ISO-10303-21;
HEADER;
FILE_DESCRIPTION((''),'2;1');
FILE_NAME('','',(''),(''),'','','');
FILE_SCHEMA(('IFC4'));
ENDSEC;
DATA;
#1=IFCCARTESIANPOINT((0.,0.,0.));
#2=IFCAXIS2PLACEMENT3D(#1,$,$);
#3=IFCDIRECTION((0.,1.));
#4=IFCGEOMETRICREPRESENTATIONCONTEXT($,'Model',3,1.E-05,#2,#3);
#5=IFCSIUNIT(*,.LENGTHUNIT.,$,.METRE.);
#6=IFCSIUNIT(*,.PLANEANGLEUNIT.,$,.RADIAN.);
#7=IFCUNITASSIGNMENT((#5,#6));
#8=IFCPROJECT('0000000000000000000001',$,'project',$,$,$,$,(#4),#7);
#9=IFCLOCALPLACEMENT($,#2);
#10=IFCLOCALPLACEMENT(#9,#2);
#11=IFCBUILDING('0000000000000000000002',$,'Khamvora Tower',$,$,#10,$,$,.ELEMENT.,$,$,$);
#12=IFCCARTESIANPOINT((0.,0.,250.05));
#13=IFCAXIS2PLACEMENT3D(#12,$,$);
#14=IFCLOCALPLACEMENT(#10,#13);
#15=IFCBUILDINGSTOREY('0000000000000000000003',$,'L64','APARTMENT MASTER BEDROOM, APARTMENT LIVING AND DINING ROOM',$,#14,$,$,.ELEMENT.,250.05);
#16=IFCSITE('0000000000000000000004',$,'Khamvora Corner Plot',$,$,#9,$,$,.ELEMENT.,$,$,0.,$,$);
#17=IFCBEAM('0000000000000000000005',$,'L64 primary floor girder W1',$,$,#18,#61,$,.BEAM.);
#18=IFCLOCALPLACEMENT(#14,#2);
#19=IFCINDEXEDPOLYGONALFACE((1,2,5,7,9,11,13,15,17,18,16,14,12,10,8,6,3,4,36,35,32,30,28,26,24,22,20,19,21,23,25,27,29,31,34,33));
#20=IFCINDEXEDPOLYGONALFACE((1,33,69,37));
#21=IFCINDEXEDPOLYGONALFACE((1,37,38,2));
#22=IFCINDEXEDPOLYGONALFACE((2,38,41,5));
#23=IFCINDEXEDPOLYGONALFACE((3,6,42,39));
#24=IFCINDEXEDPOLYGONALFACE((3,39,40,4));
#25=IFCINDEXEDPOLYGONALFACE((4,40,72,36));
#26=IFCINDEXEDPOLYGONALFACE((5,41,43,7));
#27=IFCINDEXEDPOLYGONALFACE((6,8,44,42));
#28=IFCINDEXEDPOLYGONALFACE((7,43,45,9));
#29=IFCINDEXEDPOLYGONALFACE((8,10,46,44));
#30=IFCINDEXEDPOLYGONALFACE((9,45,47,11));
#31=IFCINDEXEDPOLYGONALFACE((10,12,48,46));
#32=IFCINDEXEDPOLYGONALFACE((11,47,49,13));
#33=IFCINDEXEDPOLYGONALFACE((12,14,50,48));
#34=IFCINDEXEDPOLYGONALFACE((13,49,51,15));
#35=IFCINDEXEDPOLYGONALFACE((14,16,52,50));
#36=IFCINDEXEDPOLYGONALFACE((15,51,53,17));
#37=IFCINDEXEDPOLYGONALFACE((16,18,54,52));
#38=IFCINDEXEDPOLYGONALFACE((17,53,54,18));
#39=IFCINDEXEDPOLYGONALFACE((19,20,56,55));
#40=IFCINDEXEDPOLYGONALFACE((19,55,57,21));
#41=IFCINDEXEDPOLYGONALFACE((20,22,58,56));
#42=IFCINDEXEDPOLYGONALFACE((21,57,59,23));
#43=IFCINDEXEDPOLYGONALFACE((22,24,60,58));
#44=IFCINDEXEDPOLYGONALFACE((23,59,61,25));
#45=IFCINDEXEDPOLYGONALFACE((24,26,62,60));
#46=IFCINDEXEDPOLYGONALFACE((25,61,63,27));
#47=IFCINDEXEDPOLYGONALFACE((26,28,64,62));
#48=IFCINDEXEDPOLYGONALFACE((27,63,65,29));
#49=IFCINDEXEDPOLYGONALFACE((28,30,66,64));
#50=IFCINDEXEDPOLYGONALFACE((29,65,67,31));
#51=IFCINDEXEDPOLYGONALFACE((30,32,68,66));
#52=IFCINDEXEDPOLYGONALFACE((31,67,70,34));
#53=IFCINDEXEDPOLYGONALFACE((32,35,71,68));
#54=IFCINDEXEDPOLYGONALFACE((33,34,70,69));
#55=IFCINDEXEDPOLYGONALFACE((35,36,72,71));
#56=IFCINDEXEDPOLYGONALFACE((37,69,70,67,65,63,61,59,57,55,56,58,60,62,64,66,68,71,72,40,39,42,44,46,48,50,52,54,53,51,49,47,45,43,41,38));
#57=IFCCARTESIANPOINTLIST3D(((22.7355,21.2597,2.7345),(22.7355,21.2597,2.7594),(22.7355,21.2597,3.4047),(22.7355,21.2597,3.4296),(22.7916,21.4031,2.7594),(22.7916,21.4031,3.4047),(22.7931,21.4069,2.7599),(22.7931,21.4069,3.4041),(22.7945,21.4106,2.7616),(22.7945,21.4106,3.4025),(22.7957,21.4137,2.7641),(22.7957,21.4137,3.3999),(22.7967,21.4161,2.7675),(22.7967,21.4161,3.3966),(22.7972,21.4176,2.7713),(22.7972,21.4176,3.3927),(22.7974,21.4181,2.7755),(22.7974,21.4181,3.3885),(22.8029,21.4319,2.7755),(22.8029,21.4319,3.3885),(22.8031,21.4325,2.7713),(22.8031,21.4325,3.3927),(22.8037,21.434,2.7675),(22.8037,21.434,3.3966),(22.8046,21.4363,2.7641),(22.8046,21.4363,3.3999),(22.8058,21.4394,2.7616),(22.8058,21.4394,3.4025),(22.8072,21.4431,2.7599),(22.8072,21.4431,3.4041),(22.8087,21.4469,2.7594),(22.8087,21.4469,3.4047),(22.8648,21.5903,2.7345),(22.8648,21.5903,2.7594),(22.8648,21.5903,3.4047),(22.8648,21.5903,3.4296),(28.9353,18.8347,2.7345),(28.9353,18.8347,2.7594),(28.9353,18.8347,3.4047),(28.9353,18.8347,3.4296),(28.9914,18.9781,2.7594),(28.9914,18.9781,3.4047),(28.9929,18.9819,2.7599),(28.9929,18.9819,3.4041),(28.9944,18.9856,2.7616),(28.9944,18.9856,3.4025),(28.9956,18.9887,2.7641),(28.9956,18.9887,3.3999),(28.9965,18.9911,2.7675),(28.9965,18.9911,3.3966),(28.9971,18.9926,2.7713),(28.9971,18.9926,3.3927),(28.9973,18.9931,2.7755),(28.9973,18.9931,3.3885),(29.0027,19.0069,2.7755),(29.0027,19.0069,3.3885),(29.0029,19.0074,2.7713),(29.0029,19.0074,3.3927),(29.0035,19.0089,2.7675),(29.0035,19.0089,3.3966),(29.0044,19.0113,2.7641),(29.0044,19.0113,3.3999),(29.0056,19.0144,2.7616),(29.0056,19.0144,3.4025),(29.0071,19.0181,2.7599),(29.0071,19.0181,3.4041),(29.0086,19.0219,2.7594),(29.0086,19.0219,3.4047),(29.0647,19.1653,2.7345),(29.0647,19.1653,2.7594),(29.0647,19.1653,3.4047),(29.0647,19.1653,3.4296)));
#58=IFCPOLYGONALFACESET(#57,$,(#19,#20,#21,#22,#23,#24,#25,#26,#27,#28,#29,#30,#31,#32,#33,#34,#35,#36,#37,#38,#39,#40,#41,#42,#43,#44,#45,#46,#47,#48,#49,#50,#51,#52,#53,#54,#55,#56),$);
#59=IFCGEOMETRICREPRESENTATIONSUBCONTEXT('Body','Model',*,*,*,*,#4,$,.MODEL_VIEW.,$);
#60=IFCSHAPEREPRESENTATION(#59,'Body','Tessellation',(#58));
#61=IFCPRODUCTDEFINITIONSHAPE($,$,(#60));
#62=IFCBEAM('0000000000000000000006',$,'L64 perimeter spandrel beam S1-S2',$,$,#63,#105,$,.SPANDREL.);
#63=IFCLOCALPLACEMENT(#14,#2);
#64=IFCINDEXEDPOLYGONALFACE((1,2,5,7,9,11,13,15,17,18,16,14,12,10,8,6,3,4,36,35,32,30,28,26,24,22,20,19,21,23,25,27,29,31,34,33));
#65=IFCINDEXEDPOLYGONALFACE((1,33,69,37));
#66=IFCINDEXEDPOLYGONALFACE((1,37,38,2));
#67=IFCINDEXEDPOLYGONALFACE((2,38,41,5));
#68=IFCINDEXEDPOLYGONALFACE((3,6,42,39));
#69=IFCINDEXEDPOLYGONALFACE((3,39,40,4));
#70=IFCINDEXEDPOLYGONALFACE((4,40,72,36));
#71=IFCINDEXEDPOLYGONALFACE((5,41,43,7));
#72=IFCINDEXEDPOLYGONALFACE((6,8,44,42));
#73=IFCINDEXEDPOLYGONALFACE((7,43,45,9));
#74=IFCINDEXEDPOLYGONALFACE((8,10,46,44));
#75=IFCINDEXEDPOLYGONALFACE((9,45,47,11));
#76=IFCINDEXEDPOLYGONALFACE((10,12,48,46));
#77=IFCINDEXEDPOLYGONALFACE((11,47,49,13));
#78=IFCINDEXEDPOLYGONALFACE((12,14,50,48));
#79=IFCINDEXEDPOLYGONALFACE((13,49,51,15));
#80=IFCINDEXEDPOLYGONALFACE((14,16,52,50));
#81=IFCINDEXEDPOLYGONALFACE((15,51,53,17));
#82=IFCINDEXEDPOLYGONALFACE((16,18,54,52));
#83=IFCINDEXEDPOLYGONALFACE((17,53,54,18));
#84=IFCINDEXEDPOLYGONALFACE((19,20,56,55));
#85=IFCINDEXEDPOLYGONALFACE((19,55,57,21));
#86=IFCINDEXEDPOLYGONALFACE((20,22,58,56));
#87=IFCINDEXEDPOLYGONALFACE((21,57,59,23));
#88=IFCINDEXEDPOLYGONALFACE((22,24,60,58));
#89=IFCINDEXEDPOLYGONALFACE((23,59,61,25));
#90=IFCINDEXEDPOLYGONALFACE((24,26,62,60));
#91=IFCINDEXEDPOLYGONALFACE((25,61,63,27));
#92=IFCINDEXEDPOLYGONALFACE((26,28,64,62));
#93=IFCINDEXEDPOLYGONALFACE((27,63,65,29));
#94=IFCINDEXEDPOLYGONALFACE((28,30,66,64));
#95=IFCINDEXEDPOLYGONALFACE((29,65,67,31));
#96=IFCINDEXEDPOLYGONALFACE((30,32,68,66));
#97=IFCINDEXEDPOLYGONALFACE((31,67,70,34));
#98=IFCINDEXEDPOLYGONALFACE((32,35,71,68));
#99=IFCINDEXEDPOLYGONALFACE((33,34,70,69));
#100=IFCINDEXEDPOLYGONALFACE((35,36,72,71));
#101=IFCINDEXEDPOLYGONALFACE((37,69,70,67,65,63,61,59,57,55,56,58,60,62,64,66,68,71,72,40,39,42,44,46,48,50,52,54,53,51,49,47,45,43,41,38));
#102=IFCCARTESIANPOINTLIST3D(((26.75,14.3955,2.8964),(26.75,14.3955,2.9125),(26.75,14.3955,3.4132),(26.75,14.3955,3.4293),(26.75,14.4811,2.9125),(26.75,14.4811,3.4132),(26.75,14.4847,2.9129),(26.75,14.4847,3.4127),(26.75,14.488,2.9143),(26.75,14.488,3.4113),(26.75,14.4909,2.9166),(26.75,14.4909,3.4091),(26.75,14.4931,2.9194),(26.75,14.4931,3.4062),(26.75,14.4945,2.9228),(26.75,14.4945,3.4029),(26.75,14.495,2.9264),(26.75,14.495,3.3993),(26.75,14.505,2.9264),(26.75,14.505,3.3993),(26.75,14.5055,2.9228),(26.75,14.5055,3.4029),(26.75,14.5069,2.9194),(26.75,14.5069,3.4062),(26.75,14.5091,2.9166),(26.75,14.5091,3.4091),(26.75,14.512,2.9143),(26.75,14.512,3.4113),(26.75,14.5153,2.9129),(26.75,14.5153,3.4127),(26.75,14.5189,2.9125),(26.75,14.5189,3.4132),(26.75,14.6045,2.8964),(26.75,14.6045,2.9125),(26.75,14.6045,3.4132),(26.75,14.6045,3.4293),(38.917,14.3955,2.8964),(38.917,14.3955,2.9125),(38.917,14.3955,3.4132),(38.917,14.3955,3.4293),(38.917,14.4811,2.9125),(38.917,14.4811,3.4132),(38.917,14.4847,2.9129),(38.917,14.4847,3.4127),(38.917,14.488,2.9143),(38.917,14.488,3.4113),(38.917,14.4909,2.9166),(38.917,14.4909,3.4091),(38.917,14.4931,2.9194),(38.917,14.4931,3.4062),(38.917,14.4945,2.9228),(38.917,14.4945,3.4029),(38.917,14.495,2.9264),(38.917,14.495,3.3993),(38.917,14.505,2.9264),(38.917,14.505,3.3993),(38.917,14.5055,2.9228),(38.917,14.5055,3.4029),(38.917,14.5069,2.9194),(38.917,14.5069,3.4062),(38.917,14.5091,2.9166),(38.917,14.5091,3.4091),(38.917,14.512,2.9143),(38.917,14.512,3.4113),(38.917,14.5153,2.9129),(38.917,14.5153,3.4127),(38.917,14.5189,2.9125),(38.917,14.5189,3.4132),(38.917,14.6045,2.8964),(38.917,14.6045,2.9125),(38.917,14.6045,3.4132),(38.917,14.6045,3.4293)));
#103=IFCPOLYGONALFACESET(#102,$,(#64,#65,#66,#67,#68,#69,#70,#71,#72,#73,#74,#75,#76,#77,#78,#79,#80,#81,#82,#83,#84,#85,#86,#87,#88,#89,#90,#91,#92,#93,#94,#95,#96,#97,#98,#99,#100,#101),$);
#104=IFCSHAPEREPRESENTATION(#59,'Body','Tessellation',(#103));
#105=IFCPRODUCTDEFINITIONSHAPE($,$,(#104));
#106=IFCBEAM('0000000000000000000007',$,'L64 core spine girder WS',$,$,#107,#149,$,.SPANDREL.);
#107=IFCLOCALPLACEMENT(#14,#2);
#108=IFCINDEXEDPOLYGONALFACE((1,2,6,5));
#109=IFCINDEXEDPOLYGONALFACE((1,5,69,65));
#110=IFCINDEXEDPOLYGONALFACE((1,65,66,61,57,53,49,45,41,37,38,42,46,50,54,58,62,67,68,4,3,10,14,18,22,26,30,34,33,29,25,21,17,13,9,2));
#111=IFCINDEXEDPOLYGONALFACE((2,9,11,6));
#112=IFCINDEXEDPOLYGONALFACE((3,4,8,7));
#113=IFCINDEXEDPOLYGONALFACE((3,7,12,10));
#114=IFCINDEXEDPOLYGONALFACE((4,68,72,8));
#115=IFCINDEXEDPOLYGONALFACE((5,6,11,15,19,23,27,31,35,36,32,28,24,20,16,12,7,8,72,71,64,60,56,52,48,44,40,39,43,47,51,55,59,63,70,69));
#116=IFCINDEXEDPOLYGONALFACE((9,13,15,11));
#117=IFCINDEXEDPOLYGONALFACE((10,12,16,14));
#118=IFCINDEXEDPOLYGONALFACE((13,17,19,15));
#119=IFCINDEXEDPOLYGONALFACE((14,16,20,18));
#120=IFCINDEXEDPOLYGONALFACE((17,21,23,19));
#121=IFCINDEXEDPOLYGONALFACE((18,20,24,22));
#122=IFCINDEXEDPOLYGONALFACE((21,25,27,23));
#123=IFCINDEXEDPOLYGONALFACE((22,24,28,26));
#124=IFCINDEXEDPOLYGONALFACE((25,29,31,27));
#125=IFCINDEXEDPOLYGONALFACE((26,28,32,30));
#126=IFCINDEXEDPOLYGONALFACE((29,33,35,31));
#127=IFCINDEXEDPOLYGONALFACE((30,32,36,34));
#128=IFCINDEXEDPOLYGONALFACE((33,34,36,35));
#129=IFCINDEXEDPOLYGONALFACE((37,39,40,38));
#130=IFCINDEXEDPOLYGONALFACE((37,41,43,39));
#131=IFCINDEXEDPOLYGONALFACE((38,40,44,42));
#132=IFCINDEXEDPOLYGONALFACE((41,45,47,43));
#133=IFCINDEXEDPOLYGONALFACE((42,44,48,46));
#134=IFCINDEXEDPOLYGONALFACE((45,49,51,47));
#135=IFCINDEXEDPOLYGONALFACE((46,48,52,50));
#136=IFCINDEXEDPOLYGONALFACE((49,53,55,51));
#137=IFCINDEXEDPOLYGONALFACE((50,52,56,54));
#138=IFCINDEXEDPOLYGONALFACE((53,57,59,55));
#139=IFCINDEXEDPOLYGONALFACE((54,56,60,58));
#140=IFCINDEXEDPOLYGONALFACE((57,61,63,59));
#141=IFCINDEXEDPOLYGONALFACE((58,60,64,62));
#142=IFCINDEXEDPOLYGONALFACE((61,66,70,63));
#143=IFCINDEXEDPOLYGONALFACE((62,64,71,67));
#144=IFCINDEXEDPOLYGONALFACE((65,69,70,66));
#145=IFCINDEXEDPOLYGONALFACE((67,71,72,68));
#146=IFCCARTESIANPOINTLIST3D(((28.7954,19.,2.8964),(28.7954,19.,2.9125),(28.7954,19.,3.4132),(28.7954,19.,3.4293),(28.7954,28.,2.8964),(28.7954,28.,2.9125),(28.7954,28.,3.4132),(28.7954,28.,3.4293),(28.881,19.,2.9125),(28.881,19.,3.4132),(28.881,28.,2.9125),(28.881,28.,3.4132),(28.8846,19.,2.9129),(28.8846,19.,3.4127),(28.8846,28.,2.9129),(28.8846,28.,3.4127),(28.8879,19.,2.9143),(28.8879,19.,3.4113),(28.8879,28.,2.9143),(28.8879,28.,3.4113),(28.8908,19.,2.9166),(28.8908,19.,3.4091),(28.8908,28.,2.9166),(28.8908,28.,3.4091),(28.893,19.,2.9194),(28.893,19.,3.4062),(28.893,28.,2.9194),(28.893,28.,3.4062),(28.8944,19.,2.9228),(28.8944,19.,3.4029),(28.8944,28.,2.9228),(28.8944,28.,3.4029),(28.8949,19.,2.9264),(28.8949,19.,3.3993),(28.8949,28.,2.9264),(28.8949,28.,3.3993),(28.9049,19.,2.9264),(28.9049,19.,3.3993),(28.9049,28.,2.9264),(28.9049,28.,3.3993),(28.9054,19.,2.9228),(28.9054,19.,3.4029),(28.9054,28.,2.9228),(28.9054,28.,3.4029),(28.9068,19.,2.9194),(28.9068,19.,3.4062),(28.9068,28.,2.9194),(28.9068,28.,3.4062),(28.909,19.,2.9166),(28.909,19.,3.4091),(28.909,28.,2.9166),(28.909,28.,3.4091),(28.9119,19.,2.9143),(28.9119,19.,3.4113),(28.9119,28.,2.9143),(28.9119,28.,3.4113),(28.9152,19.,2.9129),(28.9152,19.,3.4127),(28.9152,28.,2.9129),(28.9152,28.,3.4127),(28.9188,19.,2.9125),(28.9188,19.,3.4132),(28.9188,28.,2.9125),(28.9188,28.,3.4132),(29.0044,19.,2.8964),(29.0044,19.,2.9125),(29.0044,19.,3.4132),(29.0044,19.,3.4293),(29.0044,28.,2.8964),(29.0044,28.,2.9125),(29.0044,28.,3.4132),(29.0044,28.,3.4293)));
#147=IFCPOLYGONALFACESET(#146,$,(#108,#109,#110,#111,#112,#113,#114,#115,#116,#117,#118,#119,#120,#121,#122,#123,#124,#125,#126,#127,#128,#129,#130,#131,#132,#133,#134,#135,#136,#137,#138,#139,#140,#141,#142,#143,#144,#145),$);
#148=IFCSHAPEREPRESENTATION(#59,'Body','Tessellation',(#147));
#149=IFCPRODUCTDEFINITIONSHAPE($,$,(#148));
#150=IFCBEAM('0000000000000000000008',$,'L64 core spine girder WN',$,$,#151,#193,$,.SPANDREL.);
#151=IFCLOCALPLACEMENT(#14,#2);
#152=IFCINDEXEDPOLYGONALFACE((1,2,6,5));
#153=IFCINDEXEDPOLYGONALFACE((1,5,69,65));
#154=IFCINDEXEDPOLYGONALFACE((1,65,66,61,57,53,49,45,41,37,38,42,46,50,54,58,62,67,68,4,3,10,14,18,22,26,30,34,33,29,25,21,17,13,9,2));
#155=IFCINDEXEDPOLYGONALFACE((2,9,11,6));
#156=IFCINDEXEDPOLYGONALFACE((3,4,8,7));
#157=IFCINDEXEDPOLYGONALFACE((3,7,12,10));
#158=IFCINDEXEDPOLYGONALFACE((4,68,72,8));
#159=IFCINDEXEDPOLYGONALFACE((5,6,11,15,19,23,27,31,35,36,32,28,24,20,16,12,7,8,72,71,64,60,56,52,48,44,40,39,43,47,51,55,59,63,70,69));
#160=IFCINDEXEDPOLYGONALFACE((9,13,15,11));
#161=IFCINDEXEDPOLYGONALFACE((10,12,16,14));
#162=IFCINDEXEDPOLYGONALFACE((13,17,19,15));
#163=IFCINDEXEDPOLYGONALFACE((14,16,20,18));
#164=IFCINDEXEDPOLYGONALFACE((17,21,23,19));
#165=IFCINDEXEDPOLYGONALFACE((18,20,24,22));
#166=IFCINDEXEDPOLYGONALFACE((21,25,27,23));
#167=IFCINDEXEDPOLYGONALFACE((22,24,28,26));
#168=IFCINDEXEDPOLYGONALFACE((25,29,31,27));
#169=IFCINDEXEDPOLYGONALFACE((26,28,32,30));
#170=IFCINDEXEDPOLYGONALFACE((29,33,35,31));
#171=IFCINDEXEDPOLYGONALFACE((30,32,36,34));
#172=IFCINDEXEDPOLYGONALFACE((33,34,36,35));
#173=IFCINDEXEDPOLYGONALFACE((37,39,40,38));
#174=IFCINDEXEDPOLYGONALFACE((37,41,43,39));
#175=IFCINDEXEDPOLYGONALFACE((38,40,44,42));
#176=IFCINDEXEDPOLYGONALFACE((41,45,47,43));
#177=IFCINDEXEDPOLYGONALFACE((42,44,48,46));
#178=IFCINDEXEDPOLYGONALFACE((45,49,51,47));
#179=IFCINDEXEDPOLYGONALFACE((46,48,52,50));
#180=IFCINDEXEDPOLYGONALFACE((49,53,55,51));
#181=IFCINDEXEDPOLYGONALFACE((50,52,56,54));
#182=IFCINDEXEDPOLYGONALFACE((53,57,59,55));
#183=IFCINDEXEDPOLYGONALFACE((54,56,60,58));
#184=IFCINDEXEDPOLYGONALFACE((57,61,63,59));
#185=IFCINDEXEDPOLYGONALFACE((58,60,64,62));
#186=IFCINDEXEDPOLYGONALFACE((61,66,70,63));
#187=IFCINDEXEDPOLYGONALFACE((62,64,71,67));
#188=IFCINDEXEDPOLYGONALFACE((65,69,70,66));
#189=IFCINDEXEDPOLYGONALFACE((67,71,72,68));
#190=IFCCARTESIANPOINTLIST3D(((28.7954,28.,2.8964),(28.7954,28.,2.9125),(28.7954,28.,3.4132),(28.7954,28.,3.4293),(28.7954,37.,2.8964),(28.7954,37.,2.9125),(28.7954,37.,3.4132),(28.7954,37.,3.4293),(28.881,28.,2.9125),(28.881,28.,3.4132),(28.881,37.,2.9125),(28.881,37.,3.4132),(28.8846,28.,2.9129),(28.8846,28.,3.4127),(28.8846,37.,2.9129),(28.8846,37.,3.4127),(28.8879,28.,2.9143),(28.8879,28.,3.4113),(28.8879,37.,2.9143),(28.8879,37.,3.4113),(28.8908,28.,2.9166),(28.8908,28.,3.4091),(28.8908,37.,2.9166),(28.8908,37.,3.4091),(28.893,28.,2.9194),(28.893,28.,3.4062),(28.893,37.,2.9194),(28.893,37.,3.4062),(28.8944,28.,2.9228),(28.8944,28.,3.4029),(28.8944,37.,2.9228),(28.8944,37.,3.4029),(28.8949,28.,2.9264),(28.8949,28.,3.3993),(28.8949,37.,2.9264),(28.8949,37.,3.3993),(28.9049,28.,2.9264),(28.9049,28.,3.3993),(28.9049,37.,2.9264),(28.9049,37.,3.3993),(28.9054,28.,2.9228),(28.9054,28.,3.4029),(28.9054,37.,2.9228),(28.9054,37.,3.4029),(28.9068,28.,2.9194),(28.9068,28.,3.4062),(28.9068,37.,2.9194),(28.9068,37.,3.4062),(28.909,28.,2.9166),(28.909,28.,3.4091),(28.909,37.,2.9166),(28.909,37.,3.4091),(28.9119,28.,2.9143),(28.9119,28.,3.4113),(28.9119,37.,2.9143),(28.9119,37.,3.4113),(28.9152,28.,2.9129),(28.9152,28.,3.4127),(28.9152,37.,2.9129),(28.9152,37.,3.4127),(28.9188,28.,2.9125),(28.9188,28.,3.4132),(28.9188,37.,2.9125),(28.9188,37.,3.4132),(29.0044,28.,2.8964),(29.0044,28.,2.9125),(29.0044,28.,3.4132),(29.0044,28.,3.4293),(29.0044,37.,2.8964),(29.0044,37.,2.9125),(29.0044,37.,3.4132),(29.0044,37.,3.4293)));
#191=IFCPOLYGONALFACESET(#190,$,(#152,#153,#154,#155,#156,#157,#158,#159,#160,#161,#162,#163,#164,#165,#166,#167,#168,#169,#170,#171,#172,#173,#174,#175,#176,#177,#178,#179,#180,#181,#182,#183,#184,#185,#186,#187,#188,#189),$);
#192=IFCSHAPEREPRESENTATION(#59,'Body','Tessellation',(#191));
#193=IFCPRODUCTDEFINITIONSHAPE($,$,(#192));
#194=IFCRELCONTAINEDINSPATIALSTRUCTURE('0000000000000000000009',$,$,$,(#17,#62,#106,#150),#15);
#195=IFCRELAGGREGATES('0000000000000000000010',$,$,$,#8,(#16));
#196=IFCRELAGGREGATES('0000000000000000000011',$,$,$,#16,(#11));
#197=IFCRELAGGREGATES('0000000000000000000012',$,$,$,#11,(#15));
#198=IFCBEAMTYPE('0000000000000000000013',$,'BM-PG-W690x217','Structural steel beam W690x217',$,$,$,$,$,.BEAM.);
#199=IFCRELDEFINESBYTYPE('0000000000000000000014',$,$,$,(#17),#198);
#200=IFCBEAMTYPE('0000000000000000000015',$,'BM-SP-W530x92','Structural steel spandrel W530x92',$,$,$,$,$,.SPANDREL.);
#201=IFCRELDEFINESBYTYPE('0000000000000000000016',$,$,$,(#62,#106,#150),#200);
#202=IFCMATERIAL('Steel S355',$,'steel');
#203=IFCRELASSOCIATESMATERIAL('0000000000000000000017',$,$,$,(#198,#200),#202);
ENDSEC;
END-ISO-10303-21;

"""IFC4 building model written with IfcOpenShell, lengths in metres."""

from ifc_helpers import new_model, si_unit, direction, frame, origin, origin_2d, place, context, subcontext, project, spatial, i_section, extrude, material, material_profile, profile_set, type_object, element, save


model = new_model("IFC4")

# Units and contexts
model_context = context("Model", 3, precision=1e-05, world=origin(), true_north=direction((0.0, 1.0)))
body_context = subcontext(model_context, "Body", "Model", "MODEL_VIEW")
ifc_project = project(units=[si_unit("LENGTHUNIT", "METRE"), si_unit("PLANEANGLEUNIT", "RADIAN")], contexts=[model_context])

# Site, building, storey
site_placement = place(None, origin())
site = spatial("IfcSite", under=ifc_project, at=site_placement, Name="Khamvora Corner Plot", CompositionType="ELEMENT", RefElevation=0.0)
building_placement = place(site_placement, origin())
building = spatial("IfcBuilding", under=site, at=building_placement, Name="Khamvora Tower", CompositionType="ELEMENT")
storey_placement = place(building_placement, frame((0.0, 0.0, 250.05)))
storey = spatial("IfcBuildingStorey", under=building, at=storey_placement, Name="L64", Description="APARTMENT MASTER BEDROOM, APARTMENT LIVING AND DINING ROOM", CompositionType="ELEMENT", Elevation=250.05)

# Shared definitions
ifc_material_1 = material(Name="Steel S355", Category="steel")

# Beams
ifc_material_profile_1 = material_profile(ifc_material_1, i_section(OverallWidth=0.355, OverallDepth=0.6951, WebThickness=0.0149, FlangeThickness=0.0249, FilletRadius=0.0161, at=origin_2d()), Name="W690x217")
ifc_profile_set_1 = profile_set([ifc_material_profile_1], Name="Steel S355")
beam_type_1 = type_object("IfcBeamType", Name="BM-PG-W690x217", Description="Structural steel beam W690x217", PredefinedType="BEAM", material=ifc_profile_set_1)
beam_1_placement = place(storey_placement, frame((29.0, 19.0, 3.082), z_axis=(-0.931295, 0.364267, 0.0), x_axis=(-0.364267, -0.931295, 0.0)))
element("IfcBeam", 1, at=beam_1_placement, inside=storey, type_object=beam_type_1, Name="L64 primary floor girder W1", PredefinedType="BEAM", context=body_context, shape_type="SweptSolid", body=[
    extrude(i_section(OverallWidth=0.355, OverallDepth=0.6951, WebThickness=0.0149, FlangeThickness=0.0249, FilletRadius=0.0161, at=origin_2d()), origin(), (0.0, 0.0, 1.0), 6.6572),
])
ifc_material_profile_2 = material_profile(ifc_material_1, i_section(OverallWidth=0.209, OverallDepth=0.533, WebThickness=0.01, FlangeThickness=0.0161, FilletRadius=0.0139, at=origin_2d()), Name="W530x92")
ifc_profile_set_2 = profile_set([ifc_material_profile_2], Name="Steel S355")
beam_type_2 = type_object("IfcBeamType", Name="BM-SP-W530x92", Description="Structural steel spandrel W530x92", PredefinedType="SPANDREL", material=ifc_profile_set_2)
beam_2_placement = place(storey_placement, frame((26.75, 14.5, 3.1628), z_axis=(1.0, 0.0, 0.0), x_axis=(0.0, 1.0, 0.0)))
element("IfcBeam", 2, at=beam_2_placement, inside=storey, type_object=beam_type_2, Name="L64 perimeter spandrel beam S1-S2", PredefinedType="SPANDREL", context=body_context, shape_type="SweptSolid", body=[
    extrude(i_section(OverallWidth=0.209, OverallDepth=0.533, WebThickness=0.01, FlangeThickness=0.0161, FilletRadius=0.0139, at=origin_2d()), origin(), (0.0, 0.0, 1.0), 12.167),
])
for number, where, z_axis, x_axis, name in (
    (3, (28.8999, 19.0, 3.1628), (0.0, 1.0, 0.0), (-1.0, 0.0, 0.0), "L64 core spine girder WS"),
    (4, (28.8999, 28.0, 3.1628), (0.0, 1.0, 0.0), (-1.0, 0.0, 0.0), "L64 core spine girder WN"),
):
    element("IfcBeam", number, at=place(storey_placement, frame(where, z_axis=z_axis, x_axis=x_axis)), inside=storey, type_object=beam_type_2, Name=name, PredefinedType="SPANDREL", context=body_context, shape_type="SweptSolid", body=[
        extrude(i_section(OverallWidth=0.209, OverallDepth=0.533, WebThickness=0.01, FlangeThickness=0.0161, FilletRadius=0.0139, at=origin_2d()), origin(), (0.0, 0.0, 1.0), 9.0),
    ])

save(model, "model.ifc")
